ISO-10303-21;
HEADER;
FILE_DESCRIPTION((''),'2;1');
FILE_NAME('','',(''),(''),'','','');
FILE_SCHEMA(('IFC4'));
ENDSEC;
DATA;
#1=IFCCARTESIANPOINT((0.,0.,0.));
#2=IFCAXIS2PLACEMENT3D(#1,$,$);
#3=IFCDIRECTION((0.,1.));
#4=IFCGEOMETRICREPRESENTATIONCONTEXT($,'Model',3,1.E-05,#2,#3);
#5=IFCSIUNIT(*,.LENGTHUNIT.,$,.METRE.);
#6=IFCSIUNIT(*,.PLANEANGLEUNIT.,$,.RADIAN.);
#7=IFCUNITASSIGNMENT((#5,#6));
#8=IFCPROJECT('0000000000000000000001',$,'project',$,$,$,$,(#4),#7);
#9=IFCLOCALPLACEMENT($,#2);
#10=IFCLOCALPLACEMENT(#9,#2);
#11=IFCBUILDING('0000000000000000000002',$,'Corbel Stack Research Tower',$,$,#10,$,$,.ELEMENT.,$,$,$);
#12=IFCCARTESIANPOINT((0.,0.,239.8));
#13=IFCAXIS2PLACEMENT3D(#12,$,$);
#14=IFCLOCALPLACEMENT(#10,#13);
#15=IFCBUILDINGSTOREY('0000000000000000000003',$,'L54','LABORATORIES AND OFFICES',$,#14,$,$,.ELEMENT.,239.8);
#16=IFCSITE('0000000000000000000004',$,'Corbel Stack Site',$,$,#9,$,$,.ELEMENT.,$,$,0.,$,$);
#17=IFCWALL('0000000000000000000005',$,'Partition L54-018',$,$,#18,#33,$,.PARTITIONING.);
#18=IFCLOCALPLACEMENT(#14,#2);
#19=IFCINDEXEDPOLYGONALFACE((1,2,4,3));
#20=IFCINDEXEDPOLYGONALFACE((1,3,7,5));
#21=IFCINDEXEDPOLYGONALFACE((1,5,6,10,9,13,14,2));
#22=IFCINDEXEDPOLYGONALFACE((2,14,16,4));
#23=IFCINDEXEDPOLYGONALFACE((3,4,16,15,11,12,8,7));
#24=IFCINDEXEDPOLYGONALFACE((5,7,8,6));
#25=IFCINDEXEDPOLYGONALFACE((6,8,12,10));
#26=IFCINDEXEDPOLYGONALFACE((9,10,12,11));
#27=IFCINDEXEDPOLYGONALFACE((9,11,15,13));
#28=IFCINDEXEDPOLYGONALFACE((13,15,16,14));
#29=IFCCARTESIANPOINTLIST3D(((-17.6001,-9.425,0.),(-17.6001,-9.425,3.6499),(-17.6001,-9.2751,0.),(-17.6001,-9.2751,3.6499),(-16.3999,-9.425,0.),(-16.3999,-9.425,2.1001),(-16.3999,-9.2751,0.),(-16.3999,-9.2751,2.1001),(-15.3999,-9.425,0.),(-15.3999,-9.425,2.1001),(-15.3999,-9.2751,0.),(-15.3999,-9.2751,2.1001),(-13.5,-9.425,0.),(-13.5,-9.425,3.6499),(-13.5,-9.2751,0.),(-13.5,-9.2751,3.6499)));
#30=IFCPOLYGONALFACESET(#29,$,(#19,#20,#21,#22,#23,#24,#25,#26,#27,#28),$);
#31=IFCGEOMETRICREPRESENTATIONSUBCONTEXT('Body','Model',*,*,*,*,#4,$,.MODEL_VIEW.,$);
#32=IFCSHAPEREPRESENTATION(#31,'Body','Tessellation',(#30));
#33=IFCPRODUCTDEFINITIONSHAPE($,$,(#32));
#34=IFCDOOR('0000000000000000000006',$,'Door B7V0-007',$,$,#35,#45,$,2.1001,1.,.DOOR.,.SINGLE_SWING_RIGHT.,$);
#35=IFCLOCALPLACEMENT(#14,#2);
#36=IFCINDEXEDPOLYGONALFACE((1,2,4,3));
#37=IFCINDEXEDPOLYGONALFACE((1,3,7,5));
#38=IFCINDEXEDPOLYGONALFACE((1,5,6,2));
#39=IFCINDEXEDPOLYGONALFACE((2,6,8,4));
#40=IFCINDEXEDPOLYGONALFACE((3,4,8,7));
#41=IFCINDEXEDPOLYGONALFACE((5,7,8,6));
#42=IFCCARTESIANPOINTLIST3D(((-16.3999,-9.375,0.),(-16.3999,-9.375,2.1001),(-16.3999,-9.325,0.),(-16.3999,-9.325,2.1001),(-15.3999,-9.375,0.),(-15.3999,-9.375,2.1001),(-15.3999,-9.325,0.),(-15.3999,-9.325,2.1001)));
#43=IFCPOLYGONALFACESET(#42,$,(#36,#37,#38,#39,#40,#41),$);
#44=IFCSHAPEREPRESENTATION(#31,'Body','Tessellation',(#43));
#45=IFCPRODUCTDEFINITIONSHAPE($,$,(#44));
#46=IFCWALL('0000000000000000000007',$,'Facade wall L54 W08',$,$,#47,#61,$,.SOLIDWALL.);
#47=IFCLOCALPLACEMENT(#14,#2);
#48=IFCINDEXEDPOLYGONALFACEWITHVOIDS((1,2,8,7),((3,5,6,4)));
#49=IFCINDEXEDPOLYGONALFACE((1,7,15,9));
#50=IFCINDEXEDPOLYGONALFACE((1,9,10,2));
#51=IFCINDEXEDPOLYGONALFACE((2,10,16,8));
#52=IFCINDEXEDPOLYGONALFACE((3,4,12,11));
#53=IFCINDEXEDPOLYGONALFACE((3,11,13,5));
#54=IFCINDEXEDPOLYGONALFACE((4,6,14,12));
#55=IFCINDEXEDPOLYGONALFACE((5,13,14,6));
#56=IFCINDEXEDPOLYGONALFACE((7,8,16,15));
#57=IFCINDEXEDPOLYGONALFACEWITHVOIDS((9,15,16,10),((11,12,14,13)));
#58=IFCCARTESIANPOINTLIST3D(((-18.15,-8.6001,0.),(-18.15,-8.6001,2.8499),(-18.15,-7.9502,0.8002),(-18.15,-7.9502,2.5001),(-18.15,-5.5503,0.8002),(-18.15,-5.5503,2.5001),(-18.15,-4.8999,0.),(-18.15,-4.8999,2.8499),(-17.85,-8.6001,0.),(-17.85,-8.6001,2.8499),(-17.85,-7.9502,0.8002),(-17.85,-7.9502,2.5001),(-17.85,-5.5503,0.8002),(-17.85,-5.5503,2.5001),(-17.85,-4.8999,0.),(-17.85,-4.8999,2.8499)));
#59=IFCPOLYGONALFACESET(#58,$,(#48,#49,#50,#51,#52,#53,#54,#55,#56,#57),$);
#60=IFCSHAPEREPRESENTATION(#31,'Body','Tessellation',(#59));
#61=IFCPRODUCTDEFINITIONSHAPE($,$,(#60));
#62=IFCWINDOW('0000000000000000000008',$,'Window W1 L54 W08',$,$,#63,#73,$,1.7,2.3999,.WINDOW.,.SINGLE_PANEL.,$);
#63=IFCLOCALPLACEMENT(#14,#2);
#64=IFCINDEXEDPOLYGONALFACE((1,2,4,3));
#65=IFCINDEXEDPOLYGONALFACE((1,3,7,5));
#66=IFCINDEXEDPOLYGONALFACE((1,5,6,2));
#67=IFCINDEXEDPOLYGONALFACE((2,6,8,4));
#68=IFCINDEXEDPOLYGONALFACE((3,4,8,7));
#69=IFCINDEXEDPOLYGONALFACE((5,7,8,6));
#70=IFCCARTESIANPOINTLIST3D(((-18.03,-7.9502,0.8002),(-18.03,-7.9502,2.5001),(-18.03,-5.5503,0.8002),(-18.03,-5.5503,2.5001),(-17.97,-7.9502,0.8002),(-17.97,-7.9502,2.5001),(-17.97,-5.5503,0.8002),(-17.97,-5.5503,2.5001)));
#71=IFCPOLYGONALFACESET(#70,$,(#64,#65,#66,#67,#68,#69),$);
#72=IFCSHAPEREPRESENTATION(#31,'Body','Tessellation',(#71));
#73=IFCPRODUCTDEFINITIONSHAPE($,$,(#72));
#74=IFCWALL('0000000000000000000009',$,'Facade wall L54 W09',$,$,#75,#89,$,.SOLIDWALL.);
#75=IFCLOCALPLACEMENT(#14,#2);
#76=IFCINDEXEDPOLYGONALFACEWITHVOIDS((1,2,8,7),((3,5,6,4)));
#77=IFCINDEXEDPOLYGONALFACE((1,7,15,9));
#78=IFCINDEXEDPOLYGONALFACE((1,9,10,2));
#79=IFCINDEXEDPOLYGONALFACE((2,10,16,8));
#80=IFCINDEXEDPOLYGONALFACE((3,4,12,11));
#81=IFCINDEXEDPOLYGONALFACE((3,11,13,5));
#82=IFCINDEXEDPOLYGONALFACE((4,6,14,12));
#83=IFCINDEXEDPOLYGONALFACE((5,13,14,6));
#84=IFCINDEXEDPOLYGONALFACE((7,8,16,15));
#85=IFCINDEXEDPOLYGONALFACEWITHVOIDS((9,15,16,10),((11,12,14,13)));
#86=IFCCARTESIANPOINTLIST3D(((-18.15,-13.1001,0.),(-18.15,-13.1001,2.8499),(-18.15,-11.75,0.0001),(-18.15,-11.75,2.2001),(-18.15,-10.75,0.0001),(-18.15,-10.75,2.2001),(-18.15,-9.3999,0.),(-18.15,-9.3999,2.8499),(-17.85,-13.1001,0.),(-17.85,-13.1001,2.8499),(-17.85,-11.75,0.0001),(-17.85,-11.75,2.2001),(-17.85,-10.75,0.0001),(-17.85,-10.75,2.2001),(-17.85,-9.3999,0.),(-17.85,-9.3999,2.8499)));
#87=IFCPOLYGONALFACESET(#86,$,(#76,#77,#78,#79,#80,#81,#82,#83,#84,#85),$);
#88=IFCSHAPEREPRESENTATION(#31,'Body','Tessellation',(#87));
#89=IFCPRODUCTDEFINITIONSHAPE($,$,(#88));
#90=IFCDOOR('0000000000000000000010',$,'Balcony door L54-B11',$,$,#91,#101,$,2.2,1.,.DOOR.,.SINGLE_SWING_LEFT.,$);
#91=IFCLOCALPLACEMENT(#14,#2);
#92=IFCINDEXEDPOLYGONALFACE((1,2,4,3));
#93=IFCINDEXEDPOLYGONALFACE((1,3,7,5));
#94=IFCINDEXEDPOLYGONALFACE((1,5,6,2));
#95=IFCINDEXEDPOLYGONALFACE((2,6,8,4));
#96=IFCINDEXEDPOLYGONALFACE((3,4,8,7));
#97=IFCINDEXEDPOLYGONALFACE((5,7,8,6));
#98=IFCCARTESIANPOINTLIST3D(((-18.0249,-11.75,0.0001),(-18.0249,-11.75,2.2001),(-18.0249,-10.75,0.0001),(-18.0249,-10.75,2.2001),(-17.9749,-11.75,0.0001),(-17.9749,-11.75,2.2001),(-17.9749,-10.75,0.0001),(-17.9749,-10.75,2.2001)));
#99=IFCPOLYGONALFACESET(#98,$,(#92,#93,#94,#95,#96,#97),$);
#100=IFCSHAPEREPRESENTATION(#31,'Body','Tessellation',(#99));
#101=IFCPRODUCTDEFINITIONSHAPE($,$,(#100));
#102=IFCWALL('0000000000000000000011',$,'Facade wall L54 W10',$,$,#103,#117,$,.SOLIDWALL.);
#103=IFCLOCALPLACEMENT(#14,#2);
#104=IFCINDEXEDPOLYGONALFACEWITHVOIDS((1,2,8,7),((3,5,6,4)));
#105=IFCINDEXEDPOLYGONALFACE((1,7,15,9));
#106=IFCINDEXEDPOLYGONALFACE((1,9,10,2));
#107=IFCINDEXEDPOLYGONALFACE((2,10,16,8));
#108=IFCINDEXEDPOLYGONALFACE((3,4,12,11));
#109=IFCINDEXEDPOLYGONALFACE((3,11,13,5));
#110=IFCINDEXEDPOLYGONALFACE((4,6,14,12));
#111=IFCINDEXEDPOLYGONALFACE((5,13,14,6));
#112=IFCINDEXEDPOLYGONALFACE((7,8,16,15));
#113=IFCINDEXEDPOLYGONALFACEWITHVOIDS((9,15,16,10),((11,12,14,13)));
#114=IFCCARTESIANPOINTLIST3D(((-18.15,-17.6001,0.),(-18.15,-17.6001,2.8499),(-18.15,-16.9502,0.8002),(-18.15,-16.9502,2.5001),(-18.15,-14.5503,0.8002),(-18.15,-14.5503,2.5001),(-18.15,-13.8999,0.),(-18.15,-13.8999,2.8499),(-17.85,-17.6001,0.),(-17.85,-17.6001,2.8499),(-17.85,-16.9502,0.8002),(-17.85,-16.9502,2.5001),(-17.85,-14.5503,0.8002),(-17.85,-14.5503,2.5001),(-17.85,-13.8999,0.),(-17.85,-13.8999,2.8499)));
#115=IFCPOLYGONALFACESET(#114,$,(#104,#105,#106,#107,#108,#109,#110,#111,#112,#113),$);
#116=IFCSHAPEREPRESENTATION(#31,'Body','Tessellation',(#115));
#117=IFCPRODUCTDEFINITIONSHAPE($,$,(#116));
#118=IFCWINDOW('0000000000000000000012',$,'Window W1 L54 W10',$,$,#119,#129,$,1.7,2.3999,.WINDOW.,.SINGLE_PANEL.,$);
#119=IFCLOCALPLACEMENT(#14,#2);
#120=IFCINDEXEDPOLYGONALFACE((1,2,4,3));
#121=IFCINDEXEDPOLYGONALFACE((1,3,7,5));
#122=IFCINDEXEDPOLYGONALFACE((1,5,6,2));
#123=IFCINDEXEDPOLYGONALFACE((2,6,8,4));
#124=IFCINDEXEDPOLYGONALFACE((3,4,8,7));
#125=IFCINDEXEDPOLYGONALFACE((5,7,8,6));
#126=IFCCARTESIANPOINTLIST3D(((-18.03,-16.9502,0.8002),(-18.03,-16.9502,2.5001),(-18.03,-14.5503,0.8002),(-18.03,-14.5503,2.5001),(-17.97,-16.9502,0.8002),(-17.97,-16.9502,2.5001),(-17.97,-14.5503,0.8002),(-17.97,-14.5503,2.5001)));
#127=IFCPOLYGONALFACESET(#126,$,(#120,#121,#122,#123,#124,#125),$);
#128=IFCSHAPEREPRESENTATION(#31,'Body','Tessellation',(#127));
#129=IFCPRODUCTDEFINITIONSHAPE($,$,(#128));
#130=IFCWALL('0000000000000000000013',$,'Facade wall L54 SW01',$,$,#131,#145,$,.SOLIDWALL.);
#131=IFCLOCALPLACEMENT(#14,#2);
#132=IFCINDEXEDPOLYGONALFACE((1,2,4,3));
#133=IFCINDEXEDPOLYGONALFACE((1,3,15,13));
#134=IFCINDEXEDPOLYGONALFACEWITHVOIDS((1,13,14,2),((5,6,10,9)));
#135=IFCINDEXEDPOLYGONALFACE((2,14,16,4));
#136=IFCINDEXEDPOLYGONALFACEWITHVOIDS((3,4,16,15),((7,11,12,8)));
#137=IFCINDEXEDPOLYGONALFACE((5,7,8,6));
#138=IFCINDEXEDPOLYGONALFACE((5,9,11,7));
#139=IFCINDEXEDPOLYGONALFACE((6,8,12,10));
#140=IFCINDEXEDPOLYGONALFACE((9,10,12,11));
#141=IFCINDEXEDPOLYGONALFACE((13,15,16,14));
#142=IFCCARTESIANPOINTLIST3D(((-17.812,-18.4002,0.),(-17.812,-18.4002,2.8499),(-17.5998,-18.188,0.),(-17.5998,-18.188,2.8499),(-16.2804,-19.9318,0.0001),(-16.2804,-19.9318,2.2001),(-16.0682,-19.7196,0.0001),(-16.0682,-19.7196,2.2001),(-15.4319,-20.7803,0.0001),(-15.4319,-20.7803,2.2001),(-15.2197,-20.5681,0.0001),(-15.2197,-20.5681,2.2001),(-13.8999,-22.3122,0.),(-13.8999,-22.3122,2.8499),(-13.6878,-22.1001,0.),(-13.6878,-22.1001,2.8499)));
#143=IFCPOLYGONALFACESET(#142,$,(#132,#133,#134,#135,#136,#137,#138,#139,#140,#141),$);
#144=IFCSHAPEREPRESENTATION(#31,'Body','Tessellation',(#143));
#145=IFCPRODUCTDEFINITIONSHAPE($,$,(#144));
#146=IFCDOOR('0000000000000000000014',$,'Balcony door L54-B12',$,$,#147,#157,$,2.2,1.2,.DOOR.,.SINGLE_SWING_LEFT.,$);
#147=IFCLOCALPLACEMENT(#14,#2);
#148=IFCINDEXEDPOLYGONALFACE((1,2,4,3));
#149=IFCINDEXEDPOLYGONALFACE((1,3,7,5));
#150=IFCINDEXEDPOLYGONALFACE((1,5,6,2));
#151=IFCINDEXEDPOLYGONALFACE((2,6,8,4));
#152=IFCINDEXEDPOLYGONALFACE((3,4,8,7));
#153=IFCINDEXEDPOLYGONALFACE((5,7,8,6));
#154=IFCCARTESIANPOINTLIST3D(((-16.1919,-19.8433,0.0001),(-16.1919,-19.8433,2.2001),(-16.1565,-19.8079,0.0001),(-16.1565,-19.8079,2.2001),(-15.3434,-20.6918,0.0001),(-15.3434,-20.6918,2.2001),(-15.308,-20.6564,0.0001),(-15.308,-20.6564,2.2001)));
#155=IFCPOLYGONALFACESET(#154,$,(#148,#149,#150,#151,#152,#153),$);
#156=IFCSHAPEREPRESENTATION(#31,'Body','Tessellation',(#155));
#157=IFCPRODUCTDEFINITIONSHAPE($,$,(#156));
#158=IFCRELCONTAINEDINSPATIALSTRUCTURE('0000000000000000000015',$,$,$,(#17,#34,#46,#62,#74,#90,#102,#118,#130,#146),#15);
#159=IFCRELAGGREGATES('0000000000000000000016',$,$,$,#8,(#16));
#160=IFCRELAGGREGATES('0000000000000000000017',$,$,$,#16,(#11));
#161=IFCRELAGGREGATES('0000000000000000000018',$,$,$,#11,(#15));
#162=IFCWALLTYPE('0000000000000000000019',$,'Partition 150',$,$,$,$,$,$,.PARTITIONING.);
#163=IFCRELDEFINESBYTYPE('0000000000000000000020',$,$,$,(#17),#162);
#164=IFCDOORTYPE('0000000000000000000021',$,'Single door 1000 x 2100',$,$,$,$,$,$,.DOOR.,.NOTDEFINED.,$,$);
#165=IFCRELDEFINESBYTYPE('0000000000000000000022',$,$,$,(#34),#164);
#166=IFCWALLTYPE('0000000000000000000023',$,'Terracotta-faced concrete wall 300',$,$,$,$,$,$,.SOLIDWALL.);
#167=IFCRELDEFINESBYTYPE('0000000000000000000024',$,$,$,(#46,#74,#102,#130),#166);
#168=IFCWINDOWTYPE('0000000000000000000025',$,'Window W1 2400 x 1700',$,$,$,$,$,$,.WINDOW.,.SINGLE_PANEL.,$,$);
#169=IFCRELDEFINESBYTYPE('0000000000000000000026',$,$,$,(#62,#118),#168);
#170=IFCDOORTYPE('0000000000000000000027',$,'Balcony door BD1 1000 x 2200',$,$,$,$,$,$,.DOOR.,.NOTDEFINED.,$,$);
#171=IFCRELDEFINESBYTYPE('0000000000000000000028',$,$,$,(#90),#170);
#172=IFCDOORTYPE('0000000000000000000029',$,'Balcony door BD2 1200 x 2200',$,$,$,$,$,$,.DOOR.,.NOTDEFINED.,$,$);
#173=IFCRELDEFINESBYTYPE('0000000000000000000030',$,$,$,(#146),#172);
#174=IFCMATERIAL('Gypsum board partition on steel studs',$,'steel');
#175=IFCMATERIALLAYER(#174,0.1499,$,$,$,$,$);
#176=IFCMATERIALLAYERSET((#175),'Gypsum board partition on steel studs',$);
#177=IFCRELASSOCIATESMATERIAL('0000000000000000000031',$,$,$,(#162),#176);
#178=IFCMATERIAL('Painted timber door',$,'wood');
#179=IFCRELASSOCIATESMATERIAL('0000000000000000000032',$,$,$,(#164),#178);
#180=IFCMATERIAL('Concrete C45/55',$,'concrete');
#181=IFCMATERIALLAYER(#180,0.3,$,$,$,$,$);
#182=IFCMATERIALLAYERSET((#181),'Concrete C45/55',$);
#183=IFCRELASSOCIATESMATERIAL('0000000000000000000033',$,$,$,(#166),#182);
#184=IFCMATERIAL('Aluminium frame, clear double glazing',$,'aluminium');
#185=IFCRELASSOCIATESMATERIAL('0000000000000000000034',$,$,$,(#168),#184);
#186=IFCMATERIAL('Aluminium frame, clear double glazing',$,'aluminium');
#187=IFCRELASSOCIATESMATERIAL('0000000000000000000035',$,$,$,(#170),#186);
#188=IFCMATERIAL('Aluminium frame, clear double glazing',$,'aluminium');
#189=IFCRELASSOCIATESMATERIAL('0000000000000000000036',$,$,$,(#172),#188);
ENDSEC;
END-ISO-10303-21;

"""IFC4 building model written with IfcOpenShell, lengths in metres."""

from ifc_helpers import new_model, si_unit, direction, frame, frame_2d, origin, place, context, subcontext, project, spatial, rectangle, extrude, material, layer, layer_set, type_object, element, fill, save


model = new_model("IFC4")

# Units and contexts
model_context = context("Model", 3, precision=1e-05, world=origin(), true_north=direction((0.0, 1.0)))
body_context = subcontext(model_context, "Body", "Model", "MODEL_VIEW")
ifc_project = project(units=[si_unit("LENGTHUNIT", "METRE"), si_unit("PLANEANGLEUNIT", "RADIAN")], contexts=[model_context])

# Site, building, storey
site_placement = place(None, origin())
site = spatial("IfcSite", under=ifc_project, at=site_placement, Name="Corbel Stack Site", CompositionType="ELEMENT", RefElevation=0.0)
building_placement = place(site_placement, origin())
building = spatial("IfcBuilding", under=site, at=building_placement, Name="Corbel Stack Research Tower", CompositionType="ELEMENT")
storey_placement = place(building_placement, frame((0.0, 0.0, 239.8)))
storey = spatial("IfcBuildingStorey", under=building, at=storey_placement, Name="L54", Description="LABORATORIES AND OFFICES", CompositionType="ELEMENT", Elevation=239.8)

# Wall, opening, door
ifc_material_1 = material(Name="Gypsum board partition on steel studs", Category="steel")
ifc_layer_1 = layer(ifc_material_1, 0.1499)
ifc_layer_set_1 = layer_set([ifc_layer_1], Name="Gypsum board partition on steel studs")
wall_type_1 = type_object("IfcWallType", Name="Partition 150", PredefinedType="PARTITIONING", material=ifc_layer_set_1)
wall_1_placement = place(storey_placement, frame((-13.5, -9.3501, 0.0), z_axis=(0.0, 0.0, 1.0), x_axis=(-1.0, 0.0, 0.0)))
wall_1 = element("IfcWall", 1, at=wall_1_placement, inside=storey, type_object=wall_type_1, Name="Partition L54-018", PredefinedType="PARTITIONING", context=body_context, shape_type="SweptSolid", body=[
    extrude(rectangle(XDim=4.1001, YDim=0.1499, at=frame_2d((2.05, 0.0))), origin(), (0.0, 0.0, 1.0), 3.6499),
])
opening_1_placement = place(wall_1_placement, frame((1.8999, 0.0, 0.0)))
opening_1 = element("IfcOpeningElement", 2, at=opening_1_placement, cuts=wall_1, PredefinedType="OPENING", context=body_context, shape_type="SweptSolid", body=[
    extrude(rectangle(XDim=1.0, YDim=2.1001, at=frame_2d((0.5, 1.05))), frame((0.0, 0.085, 0.0), z_axis=(0.0, -1.0, 0.0), x_axis=(1.0, 0.0, 0.0)), (0.0, 0.0, 1.0), 0.1699),
])
ifc_material_2 = material(Name="Painted timber door", Category="wood")
door_type_1 = type_object("IfcDoorType", Name="Single door 1000 x 2100", OperationType="NOTDEFINED", PredefinedType="DOOR", material=ifc_material_2)
door_1_placement = place(opening_1_placement, origin())
door_1 = element("IfcDoor", 3, at=door_1_placement, inside=storey, type_object=door_type_1, Name="Door B7V0-007", OperationType="SINGLE_SWING_RIGHT", OverallHeight=2.1001, OverallWidth=1.0, PredefinedType="DOOR", context=body_context, shape_type="SweptSolid", body=[
    extrude(rectangle(XDim=1.0, YDim=2.1001, at=frame_2d((0.5, 1.05))), frame((0.0, 0.0249, 0.0), z_axis=(0.0, -1.0, 0.0), x_axis=(1.0, 0.0, 0.0)), (0.0, 0.0, 1.0), 0.05),
])
fill(opening_1, door_1)

# Wall, opening, window
ifc_material_3 = material(Name="Concrete C45/55", Category="concrete")
ifc_layer_2 = layer(ifc_material_3, 0.3)
ifc_layer_set_2 = layer_set([ifc_layer_2], Name="Concrete C45/55")
wall_type_2 = type_object("IfcWallType", Name="Terracotta-faced concrete wall 300", PredefinedType="SOLIDWALL", material=ifc_layer_set_2)
wall_2_placement = place(storey_placement, frame((-18.0, -8.6001, 0.0), z_axis=(0.0, 0.0, 1.0), x_axis=(0.0, 1.0, 0.0)))
wall_2 = element("IfcWall", 4, at=wall_2_placement, inside=storey, type_object=wall_type_2, Name="Facade wall L54 W08", PredefinedType="SOLIDWALL", context=body_context, shape_type="SweptSolid", body=[
    extrude(rectangle(XDim=3.7002, YDim=0.3, at=frame_2d((1.8501, 0.0))), origin(), (0.0, 0.0, 1.0), 2.8499),
])
opening_2_placement = place(wall_2_placement, frame((0.6499, 0.0, 0.8)))
opening_2 = element("IfcOpeningElement", 5, at=opening_2_placement, cuts=wall_2, PredefinedType="OPENING", context=body_context, shape_type="SweptSolid", body=[
    extrude(rectangle(XDim=2.3999, YDim=1.7, at=frame_2d((1.2, 0.8501))), frame((0.0, 0.1599, 0.0), z_axis=(0.0, -1.0, 0.0), x_axis=(1.0, 0.0, 0.0)), (0.0, 0.0, 1.0), 0.3201),
])
ifc_material_4 = material(Name="Aluminium frame, clear double glazing", Category="aluminium")
window_type = type_object("IfcWindowType", Name="Window W1 2400 x 1700", PartitioningType="SINGLE_PANEL", PredefinedType="WINDOW", material=ifc_material_4)
window_1_placement = place(opening_2_placement, origin())
window_1 = element("IfcWindow", 6, at=window_1_placement, inside=storey, type_object=window_type, Name="Window W1 L54 W08", OverallHeight=1.7, OverallWidth=2.3999, PartitioningType="SINGLE_PANEL", PredefinedType="WINDOW", context=body_context, shape_type="SweptSolid", body=[
    extrude(rectangle(XDim=2.3999, YDim=1.7, at=frame_2d((1.2, 0.8501))), frame((0.0, 0.03, 0.0), z_axis=(0.0, -1.0, 0.0), x_axis=(1.0, 0.0, 0.0)), (0.0, 0.0, 1.0), 0.0601),
])
fill(opening_2, window_1)

# Wall, opening, door
wall_3_placement = place(storey_placement, frame((-18.0, -13.1001, 0.0), z_axis=(0.0, 0.0, 1.0), x_axis=(0.0, 1.0, 0.0)))
wall_3 = element("IfcWall", 7, at=wall_3_placement, inside=storey, type_object=wall_type_2, Name="Facade wall L54 W09", PredefinedType="SOLIDWALL", context=body_context, shape_type="SweptSolid", body=[
    extrude(rectangle(XDim=3.7002, YDim=0.3, at=frame_2d((1.8501, 0.0))), origin(), (0.0, 0.0, 1.0), 2.8499),
])
opening_3_placement = place(wall_3_placement, frame((1.3501, 0.0, 0.0)))
opening_3 = element("IfcOpeningElement", 8, at=opening_3_placement, cuts=wall_3, PredefinedType="OPENING", context=body_context, shape_type="SweptSolid", body=[
    extrude(rectangle(XDim=1.0, YDim=2.2, at=frame_2d((0.5, 1.1001))), frame((0.0, 0.1599, 0.0), z_axis=(0.0, -1.0, 0.0), x_axis=(1.0, 0.0, 0.0)), (0.0, 0.0, 1.0), 0.3201),
])
ifc_material_5 = material(Name="Aluminium frame, clear double glazing", Category="aluminium")
door_type_2 = type_object("IfcDoorType", Name="Balcony door BD1 1000 x 2200", OperationType="NOTDEFINED", PredefinedType="DOOR", material=ifc_material_5)
door_2_placement = place(opening_3_placement, origin())
door_2 = element("IfcDoor", 9, at=door_2_placement, inside=storey, type_object=door_type_2, Name="Balcony door L54-B11", OperationType="SINGLE_SWING_LEFT", OverallHeight=2.2, OverallWidth=1.0, PredefinedType="DOOR", context=body_context, shape_type="SweptSolid", body=[
    extrude(rectangle(XDim=1.0, YDim=2.2, at=frame_2d((0.5, 1.1001))), frame((0.0, 0.0249, 0.0), z_axis=(0.0, -1.0, 0.0), x_axis=(1.0, 0.0, 0.0)), (0.0, 0.0, 1.0), 0.05),
])
fill(opening_3, door_2)

# Wall, opening, window
wall_4_placement = place(storey_placement, frame((-18.0, -17.6001, 0.0), z_axis=(0.0, 0.0, 1.0), x_axis=(0.0, 1.0, 0.0)))
wall_4 = element("IfcWall", 10, at=wall_4_placement, inside=storey, type_object=wall_type_2, Name="Facade wall L54 W10", PredefinedType="SOLIDWALL", context=body_context, shape_type="SweptSolid", body=[
    extrude(rectangle(XDim=3.7002, YDim=0.3, at=frame_2d((1.8501, 0.0))), origin(), (0.0, 0.0, 1.0), 2.8499),
])
opening_4_placement = place(wall_4_placement, frame((0.6499, 0.0, 0.8)))
opening_4 = element("IfcOpeningElement", 11, at=opening_4_placement, cuts=wall_4, PredefinedType="OPENING", context=body_context, shape_type="SweptSolid", body=[
    extrude(rectangle(XDim=2.3999, YDim=1.7, at=frame_2d((1.2, 0.8501))), frame((0.0, 0.1599, 0.0), z_axis=(0.0, -1.0, 0.0), x_axis=(1.0, 0.0, 0.0)), (0.0, 0.0, 1.0), 0.3201),
])
window_2_placement = place(opening_4_placement, origin())
window_2 = element("IfcWindow", 12, at=window_2_placement, inside=storey, type_object=window_type, Name="Window W1 L54 W10", OverallHeight=1.7, OverallWidth=2.3999, PartitioningType="SINGLE_PANEL", PredefinedType="WINDOW", context=body_context, shape_type="SweptSolid", body=[
    extrude(rectangle(XDim=2.3999, YDim=1.7, at=frame_2d((1.2, 0.8501))), frame((0.0, 0.03, 0.0), z_axis=(0.0, -1.0, 0.0), x_axis=(1.0, 0.0, 0.0)), (0.0, 0.0, 1.0), 0.0601),
])
fill(opening_4, window_2)

# Wall, opening, door
wall_5_placement = place(storey_placement, frame((-13.7939, -22.2061, 0.0), z_axis=(0.0, 0.0, 1.0), x_axis=(-0.707107, 0.707107, 0.0)))
wall_5 = element("IfcWall", 13, at=wall_5_placement, inside=storey, type_object=wall_type_2, Name="Facade wall L54 SW01", PredefinedType="SOLIDWALL", context=body_context, shape_type="SweptSolid", body=[
    extrude(rectangle(XDim=5.5325, YDim=0.3, at=frame_2d((2.7661, 0.0))), origin(), (0.0, 0.0, 1.0), 2.8499),
])
opening_5_placement = place(wall_5_placement, frame((2.1663, 0.0, 0.0)))
opening_5 = element("IfcOpeningElement", 14, at=opening_5_placement, cuts=wall_5, PredefinedType="OPENING", context=body_context, shape_type="SweptSolid", body=[
    extrude(rectangle(XDim=1.2, YDim=2.2, at=frame_2d((0.6001, 1.1001))), frame((0.0, 0.1599, 0.0), z_axis=(0.0, -1.0, 0.0), x_axis=(1.0, 0.0, 0.0)), (0.0, 0.0, 1.0), 0.3201),
])
ifc_material_6 = material(Name="Aluminium frame, clear double glazing", Category="aluminium")
door_type_3 = type_object("IfcDoorType", Name="Balcony door BD2 1200 x 2200", OperationType="NOTDEFINED", PredefinedType="DOOR", material=ifc_material_6)
door_3_placement = place(opening_5_placement, origin())
door_3 = element("IfcDoor", 15, at=door_3_placement, inside=storey, type_object=door_type_3, Name="Balcony door L54-B12", OperationType="SINGLE_SWING_LEFT", OverallHeight=2.2, OverallWidth=1.2, PredefinedType="DOOR", context=body_context, shape_type="SweptSolid", body=[
    extrude(rectangle(XDim=1.2, YDim=2.2, at=frame_2d((0.6001, 1.1001))), frame((0.0, 0.0249, 0.0), z_axis=(0.0, -1.0, 0.0), x_axis=(1.0, 0.0, 0.0)), (0.0, 0.0, 1.0), 0.05),
])
fill(opening_5, door_3)

save(model, "model.ifc")
